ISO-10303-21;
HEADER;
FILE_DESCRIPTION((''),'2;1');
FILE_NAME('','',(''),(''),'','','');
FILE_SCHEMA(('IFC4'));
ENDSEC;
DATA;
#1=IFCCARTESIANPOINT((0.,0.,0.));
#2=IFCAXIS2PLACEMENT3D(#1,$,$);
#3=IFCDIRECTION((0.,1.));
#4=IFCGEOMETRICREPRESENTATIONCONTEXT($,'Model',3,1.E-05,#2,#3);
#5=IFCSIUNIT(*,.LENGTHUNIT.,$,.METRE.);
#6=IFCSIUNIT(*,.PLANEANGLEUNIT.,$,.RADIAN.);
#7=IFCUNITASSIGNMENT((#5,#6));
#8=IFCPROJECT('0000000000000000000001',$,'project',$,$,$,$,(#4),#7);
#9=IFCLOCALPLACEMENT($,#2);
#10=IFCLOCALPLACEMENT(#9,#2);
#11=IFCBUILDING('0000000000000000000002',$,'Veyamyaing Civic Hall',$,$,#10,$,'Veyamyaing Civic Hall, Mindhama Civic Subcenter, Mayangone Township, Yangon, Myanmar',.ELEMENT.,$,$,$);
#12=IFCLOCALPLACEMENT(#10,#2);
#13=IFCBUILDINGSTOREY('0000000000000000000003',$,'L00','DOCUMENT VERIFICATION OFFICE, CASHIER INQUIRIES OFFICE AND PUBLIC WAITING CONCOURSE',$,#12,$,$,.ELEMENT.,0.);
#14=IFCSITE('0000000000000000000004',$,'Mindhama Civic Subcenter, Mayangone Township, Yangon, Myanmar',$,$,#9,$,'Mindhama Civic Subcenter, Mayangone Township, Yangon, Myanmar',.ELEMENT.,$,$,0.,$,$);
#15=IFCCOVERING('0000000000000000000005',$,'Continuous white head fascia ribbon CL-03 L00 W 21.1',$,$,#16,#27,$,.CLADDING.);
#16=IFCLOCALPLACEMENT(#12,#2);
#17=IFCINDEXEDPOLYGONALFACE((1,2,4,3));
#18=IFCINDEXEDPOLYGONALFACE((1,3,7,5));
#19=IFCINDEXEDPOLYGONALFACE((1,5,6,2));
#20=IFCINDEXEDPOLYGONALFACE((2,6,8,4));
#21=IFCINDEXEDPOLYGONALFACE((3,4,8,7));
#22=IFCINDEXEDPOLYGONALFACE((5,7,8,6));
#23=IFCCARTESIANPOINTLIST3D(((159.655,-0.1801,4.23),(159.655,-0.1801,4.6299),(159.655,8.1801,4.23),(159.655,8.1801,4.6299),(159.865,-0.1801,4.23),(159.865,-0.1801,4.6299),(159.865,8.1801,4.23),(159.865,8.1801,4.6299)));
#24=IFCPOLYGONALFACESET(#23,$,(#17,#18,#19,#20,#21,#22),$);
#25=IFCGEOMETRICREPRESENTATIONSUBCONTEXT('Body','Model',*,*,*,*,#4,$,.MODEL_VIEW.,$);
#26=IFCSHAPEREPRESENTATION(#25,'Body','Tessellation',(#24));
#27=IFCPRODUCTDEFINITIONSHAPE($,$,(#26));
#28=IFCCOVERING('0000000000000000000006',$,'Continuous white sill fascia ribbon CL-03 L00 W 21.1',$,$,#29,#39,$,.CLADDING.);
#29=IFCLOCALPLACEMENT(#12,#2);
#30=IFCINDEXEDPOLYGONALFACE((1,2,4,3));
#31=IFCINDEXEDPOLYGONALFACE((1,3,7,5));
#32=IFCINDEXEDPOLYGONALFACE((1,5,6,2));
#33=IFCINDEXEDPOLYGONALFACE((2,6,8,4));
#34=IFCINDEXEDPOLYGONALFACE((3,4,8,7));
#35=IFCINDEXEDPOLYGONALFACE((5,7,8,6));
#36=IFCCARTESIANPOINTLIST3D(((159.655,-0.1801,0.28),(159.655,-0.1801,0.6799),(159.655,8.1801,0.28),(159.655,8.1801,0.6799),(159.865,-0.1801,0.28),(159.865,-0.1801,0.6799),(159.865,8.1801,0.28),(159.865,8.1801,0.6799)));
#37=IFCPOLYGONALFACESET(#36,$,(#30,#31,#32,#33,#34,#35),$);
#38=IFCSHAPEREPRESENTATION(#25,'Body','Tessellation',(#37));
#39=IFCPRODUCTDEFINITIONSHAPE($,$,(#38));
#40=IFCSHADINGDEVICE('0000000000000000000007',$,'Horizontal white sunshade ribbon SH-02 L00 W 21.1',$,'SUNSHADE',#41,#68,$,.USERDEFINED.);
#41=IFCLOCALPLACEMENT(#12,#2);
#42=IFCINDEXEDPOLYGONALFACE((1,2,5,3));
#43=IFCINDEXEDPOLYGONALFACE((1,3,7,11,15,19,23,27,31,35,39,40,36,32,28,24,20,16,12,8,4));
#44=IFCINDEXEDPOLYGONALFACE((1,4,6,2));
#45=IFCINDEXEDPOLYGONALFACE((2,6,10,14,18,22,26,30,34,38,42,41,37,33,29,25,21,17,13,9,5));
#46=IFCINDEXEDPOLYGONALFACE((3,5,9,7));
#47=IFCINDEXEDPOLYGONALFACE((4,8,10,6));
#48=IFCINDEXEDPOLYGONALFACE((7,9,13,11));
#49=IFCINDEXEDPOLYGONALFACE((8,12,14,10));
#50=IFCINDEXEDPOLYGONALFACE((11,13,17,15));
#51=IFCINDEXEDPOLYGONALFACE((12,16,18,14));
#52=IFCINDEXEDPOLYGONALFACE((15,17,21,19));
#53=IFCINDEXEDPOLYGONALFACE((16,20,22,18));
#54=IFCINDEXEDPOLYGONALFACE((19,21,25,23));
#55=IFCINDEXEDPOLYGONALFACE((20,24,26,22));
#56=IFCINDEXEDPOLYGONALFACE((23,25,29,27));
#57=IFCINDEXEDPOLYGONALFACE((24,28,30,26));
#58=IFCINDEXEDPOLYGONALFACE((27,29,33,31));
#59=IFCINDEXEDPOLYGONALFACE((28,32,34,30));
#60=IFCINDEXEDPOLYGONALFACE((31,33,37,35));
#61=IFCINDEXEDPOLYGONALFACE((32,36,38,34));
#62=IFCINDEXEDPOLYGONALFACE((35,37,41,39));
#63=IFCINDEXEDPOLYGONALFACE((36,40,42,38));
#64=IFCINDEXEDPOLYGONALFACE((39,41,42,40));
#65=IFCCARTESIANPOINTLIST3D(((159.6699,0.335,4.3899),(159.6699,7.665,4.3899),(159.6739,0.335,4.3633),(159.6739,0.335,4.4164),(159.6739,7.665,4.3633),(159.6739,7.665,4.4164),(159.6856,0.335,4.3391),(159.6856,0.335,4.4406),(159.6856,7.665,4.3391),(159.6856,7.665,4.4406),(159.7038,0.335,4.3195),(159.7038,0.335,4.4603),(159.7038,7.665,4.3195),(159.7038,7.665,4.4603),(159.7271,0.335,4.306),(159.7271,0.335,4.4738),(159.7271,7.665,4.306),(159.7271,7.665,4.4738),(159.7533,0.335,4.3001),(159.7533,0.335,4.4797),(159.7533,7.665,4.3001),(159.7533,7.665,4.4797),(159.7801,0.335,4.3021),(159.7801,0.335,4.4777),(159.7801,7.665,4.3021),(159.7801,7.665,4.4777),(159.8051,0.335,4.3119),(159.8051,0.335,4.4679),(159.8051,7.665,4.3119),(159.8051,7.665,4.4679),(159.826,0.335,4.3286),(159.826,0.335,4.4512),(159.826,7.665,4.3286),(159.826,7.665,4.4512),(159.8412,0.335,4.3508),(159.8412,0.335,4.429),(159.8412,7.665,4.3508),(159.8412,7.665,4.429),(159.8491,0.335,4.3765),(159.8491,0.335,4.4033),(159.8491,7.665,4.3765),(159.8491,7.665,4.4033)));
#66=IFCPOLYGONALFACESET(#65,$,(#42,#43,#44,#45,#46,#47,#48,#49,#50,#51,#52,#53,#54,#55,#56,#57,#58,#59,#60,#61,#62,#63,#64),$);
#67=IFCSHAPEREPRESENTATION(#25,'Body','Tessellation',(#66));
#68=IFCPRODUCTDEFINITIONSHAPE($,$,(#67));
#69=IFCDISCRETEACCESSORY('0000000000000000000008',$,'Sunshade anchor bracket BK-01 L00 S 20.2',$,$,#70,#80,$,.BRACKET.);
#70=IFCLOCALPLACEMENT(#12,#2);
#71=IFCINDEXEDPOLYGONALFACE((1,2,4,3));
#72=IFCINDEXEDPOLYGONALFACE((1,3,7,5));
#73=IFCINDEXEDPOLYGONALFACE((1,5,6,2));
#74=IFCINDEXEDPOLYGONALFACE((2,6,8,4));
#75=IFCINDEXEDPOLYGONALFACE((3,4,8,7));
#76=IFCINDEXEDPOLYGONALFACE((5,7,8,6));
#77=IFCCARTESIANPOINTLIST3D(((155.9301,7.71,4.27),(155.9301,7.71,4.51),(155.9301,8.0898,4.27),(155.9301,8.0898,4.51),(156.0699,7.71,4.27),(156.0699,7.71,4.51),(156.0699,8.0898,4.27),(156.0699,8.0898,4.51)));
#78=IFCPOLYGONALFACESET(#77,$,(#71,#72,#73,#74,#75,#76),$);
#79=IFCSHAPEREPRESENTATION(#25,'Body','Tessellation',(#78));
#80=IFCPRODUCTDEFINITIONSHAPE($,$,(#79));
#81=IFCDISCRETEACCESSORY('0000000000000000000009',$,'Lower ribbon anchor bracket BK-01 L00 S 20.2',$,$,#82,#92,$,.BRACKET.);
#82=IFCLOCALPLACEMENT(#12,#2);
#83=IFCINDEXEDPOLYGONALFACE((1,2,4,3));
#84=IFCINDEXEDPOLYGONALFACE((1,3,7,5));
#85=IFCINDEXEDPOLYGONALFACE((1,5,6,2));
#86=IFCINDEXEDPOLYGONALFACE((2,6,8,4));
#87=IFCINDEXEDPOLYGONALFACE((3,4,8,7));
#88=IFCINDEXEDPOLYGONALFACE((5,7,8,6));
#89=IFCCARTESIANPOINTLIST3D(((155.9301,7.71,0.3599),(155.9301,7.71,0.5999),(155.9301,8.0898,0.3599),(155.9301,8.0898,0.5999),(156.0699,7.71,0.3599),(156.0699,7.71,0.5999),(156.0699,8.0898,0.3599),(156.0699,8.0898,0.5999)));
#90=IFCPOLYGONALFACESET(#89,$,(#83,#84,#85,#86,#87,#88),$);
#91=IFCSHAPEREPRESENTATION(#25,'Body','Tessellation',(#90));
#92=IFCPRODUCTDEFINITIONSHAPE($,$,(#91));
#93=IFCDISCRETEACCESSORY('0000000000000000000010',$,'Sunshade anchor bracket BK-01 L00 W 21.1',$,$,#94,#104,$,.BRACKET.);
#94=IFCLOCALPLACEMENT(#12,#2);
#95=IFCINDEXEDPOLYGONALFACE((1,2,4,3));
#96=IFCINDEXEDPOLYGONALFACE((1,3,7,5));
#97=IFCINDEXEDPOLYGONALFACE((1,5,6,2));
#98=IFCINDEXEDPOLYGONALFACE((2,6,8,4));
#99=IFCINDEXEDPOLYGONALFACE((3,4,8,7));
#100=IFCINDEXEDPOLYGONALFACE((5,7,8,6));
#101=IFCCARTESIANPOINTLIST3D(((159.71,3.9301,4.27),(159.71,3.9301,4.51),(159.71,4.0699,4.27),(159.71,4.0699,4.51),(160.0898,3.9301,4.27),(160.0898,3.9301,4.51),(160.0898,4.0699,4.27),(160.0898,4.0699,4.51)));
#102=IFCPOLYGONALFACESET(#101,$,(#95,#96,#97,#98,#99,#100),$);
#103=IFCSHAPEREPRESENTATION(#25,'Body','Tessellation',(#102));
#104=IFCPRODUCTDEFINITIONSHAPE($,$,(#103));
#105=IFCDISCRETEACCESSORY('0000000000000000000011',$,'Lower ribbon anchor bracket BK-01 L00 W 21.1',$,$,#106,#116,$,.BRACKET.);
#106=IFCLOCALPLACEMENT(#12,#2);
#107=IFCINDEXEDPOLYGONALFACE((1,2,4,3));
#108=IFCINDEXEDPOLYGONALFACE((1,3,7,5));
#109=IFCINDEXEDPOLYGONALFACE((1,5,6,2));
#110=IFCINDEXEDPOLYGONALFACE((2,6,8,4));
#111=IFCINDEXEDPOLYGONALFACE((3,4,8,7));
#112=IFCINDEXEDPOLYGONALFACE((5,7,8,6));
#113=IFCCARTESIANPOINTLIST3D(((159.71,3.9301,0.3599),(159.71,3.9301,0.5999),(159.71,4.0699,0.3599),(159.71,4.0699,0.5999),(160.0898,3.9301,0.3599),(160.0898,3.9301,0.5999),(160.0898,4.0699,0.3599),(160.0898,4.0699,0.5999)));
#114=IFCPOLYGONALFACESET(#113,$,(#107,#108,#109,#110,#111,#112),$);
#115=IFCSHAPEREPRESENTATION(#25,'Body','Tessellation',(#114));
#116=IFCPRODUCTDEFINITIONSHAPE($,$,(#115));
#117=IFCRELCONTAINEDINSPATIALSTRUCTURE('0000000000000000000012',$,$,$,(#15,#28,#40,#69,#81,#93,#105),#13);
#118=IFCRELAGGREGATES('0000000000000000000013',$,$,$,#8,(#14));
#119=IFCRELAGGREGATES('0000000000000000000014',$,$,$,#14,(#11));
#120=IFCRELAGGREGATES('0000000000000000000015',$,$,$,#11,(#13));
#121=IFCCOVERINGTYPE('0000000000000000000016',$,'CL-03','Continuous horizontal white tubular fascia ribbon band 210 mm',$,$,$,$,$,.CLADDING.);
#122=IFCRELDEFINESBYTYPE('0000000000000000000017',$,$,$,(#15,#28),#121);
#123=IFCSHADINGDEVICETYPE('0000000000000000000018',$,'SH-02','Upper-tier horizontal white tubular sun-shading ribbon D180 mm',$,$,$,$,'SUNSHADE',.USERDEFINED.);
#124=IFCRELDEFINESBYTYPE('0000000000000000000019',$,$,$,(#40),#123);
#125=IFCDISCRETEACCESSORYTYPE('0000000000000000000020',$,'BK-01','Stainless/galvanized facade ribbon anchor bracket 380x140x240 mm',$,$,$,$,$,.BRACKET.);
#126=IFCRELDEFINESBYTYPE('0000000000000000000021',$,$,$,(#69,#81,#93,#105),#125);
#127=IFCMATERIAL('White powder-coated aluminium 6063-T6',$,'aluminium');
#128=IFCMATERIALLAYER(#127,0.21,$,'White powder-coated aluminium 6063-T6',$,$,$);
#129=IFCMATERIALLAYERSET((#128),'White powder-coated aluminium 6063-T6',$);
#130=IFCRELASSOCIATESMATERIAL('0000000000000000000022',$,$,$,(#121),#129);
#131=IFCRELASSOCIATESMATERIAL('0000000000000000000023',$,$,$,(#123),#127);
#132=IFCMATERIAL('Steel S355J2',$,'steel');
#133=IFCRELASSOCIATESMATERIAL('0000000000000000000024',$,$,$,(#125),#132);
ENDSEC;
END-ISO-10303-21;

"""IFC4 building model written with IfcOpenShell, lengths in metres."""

from ifc_helpers import new_model, si_unit, direction, frame, origin, origin_2d, place, context, subcontext, project, spatial, rectangle, circle, extrude, material, layer, layer_set, material_profile, profile_set, type_object, element, save


model = new_model("IFC4")

# Units and contexts
model_context = context("Model", 3, precision=1e-05, world=origin(), true_north=direction((0.0, 1.0)))
body_context = subcontext(model_context, "Body", "Model", "MODEL_VIEW")
ifc_project = project(units=[si_unit("LENGTHUNIT", "METRE"), si_unit("PLANEANGLEUNIT", "RADIAN")], contexts=[model_context])

# Site, building, storey
site_placement = place(None, origin())
site = spatial("IfcSite", under=ifc_project, at=site_placement, Name="Mindhama Civic Subcenter, Mayangone Township, Yangon, Myanmar", LongName="Mindhama Civic Subcenter, Mayangone Township, Yangon, Myanmar", CompositionType="ELEMENT", RefElevation=0.0)
building_placement = place(site_placement, origin())
building = spatial("IfcBuilding", under=site, at=building_placement, Name="Veyamyaing Civic Hall", LongName="Veyamyaing Civic Hall, Mindhama Civic Subcenter, Mayangone Township, Yangon, Myanmar", CompositionType="ELEMENT")
storey_placement = place(building_placement, origin())
storey = spatial("IfcBuildingStorey", under=building, at=storey_placement, Name="L00", Description="DOCUMENT VERIFICATION OFFICE, CASHIER INQUIRIES OFFICE AND PUBLIC WAITING CONCOURSE", CompositionType="ELEMENT", Elevation=0.0)

# Coverings
ifc_material_1 = material(Name="White powder-coated aluminium 6063-T6", Category="aluminium")
ifc_layer_1 = layer(ifc_material_1, 0.21, Name="White powder-coated aluminium 6063-T6")
ifc_layer_set_1 = layer_set([ifc_layer_1], Name="White powder-coated aluminium 6063-T6")
covering_type = type_object("IfcCoveringType", Name="CL-03", Description="Continuous horizontal white tubular fascia ribbon band 210 mm", PredefinedType="CLADDING", material=ifc_layer_set_1)
for number, where, z_axis, x_axis, name in (
    (1, (159.76, 4.0, 4.23), (0.0, 0.0, 1.0), (0.0, 1.0, 0.0), "Continuous white head fascia ribbon CL-03 L00 W 21.1"),
    (2, (159.76, 4.0, 0.28), (0.0, 0.0, 1.0), (0.0, 1.0, 0.0), "Continuous white sill fascia ribbon CL-03 L00 W 21.1"),
):
    element("IfcCovering", number, at=place(storey_placement, frame(where, z_axis=z_axis, x_axis=x_axis)), inside=storey, type_object=covering_type, Name=name, PredefinedType="CLADDING", context=body_context, shape_type="SweptSolid", body=[
        extrude(rectangle(XDim=8.3601, YDim=0.21, at=origin_2d()), origin(), (0.0, 0.0, 1.0), 0.3999),
    ])

# Shading device
ifc_material_profile_1 = material_profile(ifc_material_1, circle(Radius=0.0901, at=origin_2d()), Name="SHADE-TUBE-180")
ifc_profile_set_1 = profile_set([ifc_material_profile_1], Name="White powder-coated aluminium 6063-T6")
shading_device_type = type_object("IfcShadingDeviceType", Name="SH-02", Description="Upper-tier horizontal white tubular sun-shading ribbon D180 mm", ElementType="SUNSHADE", PredefinedType="USERDEFINED", material=ifc_profile_set_1)
shading_device_placement = place(storey_placement, frame((159.76, 0.335, 4.3899), z_axis=(0.0, 1.0, 0.0), x_axis=(-1.0, 0.0, 0.0)))
element("IfcShadingDevice", 3, at=shading_device_placement, inside=storey, type_object=shading_device_type, Name="Horizontal white sunshade ribbon SH-02 L00 W 21.1", ObjectType="SUNSHADE", PredefinedType="USERDEFINED", context=body_context, shape_type="SweptSolid", body=[
    extrude(circle(Radius=0.0901, at=origin_2d()), origin(), (0.0, 0.0, 1.0), 7.3301),
])

# Discrete accessories
ifc_material_2 = material(Name="Steel S355J2", Category="steel")
discrete_accessory_type = type_object("IfcDiscreteAccessoryType", Name="BK-01", Description="Stainless/galvanized facade ribbon anchor bracket 380x140x240 mm", PredefinedType="BRACKET", material=ifc_material_2)
for number, where, z_axis, x_axis, name in (
    (4, (156.0, 7.8999, 4.27), (0.0, 0.0, 1.0), (0.0, -1.0, 0.0), "Sunshade anchor bracket BK-01 L00 S 20.2"),
    (5, (156.0, 7.8999, 0.3599), (0.0, 0.0, 1.0), (0.0, -1.0, 0.0), "Lower ribbon anchor bracket BK-01 L00 S 20.2"),
    (6, (159.8999, 4.0, 4.27), (0.0, 0.0, 1.0), (-1.0, 0.0, 0.0), "Sunshade anchor bracket BK-01 L00 W 21.1"),
    (7, (159.8999, 4.0, 0.3599), (0.0, 0.0, 1.0), (-1.0, 0.0, 0.0), "Lower ribbon anchor bracket BK-01 L00 W 21.1"),
):
    element("IfcDiscreteAccessory", number, at=place(storey_placement, frame(where, z_axis=z_axis, x_axis=x_axis)), inside=storey, type_object=discrete_accessory_type, Name=name, PredefinedType="BRACKET", context=body_context, shape_type="SweptSolid", body=[
        extrude(rectangle(XDim=0.3799, YDim=0.1399, at=origin_2d()), origin(), (0.0, 0.0, 1.0), 0.24),
    ])

save(model, "model.ifc")
